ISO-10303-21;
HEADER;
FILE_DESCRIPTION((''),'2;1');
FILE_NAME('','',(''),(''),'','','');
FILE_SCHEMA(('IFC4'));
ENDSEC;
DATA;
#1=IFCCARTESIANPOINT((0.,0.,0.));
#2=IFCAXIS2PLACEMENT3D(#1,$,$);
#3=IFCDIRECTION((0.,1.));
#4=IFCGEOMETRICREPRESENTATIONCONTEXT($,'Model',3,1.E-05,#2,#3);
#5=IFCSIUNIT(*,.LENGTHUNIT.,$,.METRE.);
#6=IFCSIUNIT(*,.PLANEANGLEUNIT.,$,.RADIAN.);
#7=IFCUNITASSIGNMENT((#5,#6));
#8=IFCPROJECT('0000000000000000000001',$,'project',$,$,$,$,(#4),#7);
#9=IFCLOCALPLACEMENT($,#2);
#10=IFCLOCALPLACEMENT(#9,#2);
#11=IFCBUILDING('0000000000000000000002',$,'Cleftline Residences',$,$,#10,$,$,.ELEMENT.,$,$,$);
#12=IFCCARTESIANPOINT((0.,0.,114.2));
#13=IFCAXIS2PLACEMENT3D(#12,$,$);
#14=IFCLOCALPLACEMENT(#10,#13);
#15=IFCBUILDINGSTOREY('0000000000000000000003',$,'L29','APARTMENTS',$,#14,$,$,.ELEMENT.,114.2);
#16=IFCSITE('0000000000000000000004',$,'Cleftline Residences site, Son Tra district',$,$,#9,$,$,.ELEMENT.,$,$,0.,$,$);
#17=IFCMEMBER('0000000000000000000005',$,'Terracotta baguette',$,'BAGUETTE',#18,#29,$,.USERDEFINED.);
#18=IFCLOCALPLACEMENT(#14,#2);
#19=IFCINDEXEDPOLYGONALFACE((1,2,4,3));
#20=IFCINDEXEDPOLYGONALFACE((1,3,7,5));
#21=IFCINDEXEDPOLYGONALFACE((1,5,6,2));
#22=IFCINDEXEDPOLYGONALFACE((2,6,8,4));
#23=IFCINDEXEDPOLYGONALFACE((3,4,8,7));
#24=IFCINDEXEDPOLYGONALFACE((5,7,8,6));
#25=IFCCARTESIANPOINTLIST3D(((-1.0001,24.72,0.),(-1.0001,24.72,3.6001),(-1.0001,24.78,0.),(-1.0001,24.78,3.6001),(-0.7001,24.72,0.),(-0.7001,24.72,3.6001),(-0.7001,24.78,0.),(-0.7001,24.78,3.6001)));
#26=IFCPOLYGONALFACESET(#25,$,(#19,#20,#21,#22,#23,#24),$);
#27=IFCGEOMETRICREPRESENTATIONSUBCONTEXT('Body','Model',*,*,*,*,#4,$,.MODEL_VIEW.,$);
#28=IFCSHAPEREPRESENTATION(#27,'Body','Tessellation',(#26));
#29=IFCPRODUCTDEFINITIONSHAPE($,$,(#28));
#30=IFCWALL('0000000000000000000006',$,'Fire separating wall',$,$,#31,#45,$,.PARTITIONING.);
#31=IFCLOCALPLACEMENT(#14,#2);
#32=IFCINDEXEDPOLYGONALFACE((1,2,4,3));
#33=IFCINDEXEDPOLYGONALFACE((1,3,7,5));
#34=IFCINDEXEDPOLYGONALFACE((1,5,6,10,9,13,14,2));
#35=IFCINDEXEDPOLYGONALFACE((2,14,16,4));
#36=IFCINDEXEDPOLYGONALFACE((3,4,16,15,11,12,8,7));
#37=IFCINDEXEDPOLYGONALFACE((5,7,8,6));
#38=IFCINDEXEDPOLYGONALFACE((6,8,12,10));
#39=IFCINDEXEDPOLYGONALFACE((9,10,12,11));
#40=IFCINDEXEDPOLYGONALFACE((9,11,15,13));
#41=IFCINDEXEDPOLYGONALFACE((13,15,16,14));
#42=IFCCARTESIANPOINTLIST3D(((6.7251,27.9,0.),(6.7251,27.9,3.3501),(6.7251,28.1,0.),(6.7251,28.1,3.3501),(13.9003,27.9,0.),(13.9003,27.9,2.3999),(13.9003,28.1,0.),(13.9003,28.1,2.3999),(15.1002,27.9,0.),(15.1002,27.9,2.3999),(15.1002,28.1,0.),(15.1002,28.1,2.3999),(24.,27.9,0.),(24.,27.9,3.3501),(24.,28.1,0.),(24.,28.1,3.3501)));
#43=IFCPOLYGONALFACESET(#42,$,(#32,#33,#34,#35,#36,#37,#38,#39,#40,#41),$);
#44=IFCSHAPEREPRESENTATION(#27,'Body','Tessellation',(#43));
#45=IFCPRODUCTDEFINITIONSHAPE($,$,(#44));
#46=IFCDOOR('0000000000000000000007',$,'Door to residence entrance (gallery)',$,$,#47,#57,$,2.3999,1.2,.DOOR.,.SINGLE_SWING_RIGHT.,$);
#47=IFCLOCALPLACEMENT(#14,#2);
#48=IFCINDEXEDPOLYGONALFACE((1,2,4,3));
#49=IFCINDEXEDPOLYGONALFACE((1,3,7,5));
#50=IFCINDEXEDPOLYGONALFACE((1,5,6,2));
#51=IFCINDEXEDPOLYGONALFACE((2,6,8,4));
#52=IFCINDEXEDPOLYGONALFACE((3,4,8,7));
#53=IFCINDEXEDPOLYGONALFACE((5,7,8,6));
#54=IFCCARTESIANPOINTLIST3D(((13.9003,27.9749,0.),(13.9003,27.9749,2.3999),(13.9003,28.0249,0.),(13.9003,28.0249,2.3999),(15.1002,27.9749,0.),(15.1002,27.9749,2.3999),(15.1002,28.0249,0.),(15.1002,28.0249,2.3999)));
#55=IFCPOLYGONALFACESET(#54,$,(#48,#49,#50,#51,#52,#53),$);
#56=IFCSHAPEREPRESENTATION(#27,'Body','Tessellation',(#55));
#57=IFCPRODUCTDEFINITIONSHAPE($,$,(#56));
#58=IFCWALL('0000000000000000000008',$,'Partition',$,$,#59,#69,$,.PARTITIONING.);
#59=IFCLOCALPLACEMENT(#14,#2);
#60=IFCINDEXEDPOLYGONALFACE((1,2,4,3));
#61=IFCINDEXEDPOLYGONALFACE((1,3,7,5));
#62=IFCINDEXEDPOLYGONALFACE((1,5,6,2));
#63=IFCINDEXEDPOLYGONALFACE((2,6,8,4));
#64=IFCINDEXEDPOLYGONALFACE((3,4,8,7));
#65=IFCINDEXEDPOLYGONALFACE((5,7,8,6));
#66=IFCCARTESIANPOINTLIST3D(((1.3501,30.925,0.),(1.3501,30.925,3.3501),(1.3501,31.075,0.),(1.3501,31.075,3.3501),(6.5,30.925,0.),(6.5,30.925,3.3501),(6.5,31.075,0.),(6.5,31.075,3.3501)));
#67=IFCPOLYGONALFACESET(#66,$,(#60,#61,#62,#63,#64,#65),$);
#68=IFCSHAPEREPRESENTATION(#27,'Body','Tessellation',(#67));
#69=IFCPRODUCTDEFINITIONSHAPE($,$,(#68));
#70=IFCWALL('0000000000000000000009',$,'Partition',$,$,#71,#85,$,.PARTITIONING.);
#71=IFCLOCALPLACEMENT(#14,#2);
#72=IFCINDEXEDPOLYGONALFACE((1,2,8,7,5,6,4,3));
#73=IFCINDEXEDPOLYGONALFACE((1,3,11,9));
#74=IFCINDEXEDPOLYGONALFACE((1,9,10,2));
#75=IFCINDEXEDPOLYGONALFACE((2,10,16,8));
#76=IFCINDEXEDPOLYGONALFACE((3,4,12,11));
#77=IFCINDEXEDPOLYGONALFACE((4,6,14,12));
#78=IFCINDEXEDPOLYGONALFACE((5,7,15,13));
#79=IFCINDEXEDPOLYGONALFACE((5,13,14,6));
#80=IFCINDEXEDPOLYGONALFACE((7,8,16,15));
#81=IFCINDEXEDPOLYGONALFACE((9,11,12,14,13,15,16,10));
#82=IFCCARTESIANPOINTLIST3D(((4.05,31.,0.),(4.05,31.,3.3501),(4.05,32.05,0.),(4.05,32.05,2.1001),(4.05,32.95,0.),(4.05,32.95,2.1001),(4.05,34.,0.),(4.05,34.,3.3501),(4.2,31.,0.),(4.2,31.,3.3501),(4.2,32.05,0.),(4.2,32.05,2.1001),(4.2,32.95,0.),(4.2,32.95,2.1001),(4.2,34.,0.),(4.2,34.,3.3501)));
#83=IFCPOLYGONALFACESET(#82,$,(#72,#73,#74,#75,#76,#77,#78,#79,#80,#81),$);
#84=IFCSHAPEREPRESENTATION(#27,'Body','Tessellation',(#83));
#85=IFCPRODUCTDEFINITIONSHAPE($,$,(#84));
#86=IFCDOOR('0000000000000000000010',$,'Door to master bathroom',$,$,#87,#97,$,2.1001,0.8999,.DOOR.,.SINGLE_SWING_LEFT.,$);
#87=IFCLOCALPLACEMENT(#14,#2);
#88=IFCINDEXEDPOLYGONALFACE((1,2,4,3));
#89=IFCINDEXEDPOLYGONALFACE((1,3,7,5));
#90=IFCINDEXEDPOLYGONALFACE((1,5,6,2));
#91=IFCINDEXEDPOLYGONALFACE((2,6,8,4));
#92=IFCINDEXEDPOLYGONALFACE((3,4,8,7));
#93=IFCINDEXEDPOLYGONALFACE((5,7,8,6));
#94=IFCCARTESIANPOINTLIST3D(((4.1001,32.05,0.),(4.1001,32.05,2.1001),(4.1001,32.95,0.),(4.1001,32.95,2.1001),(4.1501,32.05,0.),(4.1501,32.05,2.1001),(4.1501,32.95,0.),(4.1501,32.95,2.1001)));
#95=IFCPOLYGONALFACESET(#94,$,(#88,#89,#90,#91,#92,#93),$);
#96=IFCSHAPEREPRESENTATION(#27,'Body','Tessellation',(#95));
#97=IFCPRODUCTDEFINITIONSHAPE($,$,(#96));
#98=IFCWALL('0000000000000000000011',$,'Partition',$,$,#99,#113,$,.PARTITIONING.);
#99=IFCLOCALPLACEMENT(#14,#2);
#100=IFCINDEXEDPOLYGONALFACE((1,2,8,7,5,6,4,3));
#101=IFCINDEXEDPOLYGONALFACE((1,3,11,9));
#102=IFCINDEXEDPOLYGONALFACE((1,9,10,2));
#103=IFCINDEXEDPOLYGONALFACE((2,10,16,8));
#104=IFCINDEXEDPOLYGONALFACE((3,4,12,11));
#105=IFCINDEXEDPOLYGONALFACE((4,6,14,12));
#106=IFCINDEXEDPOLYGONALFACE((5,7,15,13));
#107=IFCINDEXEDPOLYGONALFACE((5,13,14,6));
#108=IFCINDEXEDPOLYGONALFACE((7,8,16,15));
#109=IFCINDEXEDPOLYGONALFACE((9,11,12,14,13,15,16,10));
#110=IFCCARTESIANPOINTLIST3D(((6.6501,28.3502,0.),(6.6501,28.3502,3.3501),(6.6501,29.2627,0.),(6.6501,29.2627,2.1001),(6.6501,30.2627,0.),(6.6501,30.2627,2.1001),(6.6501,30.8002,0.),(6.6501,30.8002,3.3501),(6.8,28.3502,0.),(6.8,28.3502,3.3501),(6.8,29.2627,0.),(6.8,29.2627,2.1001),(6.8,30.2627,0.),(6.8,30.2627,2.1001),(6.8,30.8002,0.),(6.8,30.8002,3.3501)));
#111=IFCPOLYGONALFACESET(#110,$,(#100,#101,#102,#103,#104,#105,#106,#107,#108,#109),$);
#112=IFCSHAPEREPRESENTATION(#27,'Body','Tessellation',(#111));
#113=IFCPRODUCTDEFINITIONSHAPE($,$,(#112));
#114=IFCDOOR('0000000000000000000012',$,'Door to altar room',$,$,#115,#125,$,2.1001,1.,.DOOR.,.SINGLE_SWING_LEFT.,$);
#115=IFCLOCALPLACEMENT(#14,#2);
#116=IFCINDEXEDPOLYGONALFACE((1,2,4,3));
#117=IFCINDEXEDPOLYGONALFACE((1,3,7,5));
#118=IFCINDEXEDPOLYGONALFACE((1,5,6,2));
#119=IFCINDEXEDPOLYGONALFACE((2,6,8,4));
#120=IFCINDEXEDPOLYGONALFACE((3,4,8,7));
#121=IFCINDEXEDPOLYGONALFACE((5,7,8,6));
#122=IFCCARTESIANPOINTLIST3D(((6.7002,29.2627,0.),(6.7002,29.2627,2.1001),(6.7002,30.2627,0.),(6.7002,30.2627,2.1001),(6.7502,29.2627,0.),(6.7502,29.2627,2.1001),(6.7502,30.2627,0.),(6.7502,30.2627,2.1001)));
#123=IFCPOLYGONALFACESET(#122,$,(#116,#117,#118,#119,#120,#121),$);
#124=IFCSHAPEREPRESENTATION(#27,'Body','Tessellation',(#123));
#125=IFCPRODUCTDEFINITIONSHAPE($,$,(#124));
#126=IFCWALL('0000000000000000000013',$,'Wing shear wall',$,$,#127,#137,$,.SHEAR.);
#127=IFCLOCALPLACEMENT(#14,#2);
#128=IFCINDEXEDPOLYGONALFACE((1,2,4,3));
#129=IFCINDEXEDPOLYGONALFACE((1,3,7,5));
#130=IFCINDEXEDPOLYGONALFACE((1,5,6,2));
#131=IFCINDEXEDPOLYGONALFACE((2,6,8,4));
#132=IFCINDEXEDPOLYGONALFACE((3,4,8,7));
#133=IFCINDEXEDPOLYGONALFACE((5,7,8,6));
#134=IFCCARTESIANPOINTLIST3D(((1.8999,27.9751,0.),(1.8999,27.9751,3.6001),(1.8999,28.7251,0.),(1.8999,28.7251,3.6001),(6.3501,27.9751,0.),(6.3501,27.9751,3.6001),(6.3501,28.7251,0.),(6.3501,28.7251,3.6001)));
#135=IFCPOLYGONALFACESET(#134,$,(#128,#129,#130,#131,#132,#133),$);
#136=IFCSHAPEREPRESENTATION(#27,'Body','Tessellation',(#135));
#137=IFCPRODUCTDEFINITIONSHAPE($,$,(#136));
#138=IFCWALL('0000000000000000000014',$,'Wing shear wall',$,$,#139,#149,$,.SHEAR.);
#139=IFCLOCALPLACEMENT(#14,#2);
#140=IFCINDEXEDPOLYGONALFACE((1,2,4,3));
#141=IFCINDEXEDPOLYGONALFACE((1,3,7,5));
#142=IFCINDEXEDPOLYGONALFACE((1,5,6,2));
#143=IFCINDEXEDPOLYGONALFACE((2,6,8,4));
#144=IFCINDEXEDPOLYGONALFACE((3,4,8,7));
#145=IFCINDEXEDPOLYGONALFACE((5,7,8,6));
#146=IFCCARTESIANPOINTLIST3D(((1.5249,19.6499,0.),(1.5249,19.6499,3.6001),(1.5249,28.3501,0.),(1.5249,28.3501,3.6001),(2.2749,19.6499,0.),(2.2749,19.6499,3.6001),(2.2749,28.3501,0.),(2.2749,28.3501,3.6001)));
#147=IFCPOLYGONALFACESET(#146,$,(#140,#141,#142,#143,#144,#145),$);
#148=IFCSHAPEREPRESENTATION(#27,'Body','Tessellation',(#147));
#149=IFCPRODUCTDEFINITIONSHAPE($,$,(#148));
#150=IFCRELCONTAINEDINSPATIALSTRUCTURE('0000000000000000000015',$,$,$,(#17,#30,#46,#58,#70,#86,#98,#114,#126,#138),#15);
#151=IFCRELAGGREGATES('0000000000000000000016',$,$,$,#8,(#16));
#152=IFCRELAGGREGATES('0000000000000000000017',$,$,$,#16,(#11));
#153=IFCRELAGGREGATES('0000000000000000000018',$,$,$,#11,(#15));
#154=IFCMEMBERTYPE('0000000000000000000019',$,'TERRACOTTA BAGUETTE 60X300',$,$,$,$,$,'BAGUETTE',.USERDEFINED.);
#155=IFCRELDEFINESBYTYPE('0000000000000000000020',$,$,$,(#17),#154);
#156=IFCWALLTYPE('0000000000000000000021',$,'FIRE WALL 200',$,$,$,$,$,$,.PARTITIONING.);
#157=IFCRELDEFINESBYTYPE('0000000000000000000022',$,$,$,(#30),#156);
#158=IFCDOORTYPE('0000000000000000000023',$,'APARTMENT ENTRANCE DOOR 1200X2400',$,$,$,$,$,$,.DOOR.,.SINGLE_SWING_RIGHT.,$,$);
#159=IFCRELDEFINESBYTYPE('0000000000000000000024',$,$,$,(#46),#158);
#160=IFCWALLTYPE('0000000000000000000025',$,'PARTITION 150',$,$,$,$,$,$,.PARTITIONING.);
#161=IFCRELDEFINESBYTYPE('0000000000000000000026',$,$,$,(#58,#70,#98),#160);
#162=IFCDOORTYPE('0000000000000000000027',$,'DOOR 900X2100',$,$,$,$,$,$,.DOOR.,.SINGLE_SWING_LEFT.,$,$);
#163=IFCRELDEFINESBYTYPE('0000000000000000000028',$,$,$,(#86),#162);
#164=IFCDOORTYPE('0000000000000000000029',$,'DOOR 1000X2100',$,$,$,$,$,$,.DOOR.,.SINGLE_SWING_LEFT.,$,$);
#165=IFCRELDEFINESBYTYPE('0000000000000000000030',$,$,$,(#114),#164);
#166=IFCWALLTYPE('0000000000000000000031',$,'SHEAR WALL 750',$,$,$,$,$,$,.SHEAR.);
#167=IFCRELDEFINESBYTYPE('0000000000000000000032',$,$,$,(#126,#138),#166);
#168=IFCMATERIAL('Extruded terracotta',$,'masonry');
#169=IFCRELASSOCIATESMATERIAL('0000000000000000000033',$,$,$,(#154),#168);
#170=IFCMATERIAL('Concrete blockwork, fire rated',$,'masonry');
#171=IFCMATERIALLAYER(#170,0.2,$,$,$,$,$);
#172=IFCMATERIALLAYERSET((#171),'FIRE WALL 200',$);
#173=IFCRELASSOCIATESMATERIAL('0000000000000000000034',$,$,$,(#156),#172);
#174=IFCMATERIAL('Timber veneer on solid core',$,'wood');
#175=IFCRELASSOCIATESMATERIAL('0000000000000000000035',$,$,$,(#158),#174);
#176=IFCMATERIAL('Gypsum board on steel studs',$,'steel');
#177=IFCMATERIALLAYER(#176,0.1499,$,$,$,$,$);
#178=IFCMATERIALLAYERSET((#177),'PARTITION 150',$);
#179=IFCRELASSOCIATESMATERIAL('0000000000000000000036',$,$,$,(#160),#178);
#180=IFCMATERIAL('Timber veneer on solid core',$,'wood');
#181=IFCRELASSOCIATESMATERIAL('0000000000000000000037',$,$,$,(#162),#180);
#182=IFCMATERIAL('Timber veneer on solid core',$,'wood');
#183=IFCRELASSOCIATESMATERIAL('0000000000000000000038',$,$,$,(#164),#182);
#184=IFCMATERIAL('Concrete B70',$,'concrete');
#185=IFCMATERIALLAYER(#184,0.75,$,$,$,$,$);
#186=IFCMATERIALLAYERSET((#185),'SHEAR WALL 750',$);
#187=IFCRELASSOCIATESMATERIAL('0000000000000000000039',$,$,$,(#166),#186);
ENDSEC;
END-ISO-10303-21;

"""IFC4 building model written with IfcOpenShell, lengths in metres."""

from ifc_helpers import new_model, si_unit, direction, frame, frame_2d, origin, origin_2d, place, context, subcontext, project, spatial, rectangle, extrude, material, layer, layer_set, material_profile, profile_set, type_object, element, fill, save


model = new_model("IFC4")

# Units and contexts
model_context = context("Model", 3, precision=1e-05, world=origin(), true_north=direction((0.0, 1.0)))
body_context = subcontext(model_context, "Body", "Model", "MODEL_VIEW")
ifc_project = project(units=[si_unit("LENGTHUNIT", "METRE"), si_unit("PLANEANGLEUNIT", "RADIAN")], contexts=[model_context])

# Site, building, storey
site_placement = place(None, origin())
site = spatial("IfcSite", under=ifc_project, at=site_placement, Name="Cleftline Residences site, Son Tra district", CompositionType="ELEMENT", RefElevation=0.0)
building_placement = place(site_placement, origin())
building = spatial("IfcBuilding", under=site, at=building_placement, Name="Cleftline Residences", CompositionType="ELEMENT")
storey_placement = place(building_placement, frame((0.0, 0.0, 114.2)))
storey = spatial("IfcBuildingStorey", under=building, at=storey_placement, Name="L29", Description="APARTMENTS", CompositionType="ELEMENT", Elevation=114.2)

# Member
ifc_material_1 = material(Name="Extruded terracotta", Category="masonry")
ifc_material_profile_1 = material_profile(ifc_material_1, rectangle(XDim=0.0601, YDim=0.3, at=origin_2d()))
ifc_profile_set_1 = profile_set([ifc_material_profile_1], Name="Extruded terracotta")
member_type_1 = type_object("IfcMemberType", Name="TERRACOTTA BAGUETTE 60X300", ElementType="BAGUETTE", PredefinedType="USERDEFINED", material=ifc_profile_set_1)
for number, where, z_axis, x_axis, name in (
    (1, (-0.8501, 24.75, 0.0), (0.0, 0.0, 1.0), (0.0, 1.0, 0.0), "Terracotta baguette"),
):
    element("IfcMember", number, at=place(storey_placement, frame(where, z_axis=z_axis, x_axis=x_axis)), inside=storey, type_object=member_type_1, Name=name, ObjectType="BAGUETTE", PredefinedType="USERDEFINED", context=body_context, shape_type="SweptSolid", body=[
        extrude(rectangle(XDim=0.0601, YDim=0.3, at=origin_2d()), origin(), (0.0, 0.0, 1.0), 3.6001),
    ])

# Wall, opening, door
ifc_material_2 = material(Name="Concrete blockwork, fire rated", Category="masonry")
ifc_layer_1 = layer(ifc_material_2, 0.2)
ifc_layer_set_1 = layer_set([ifc_layer_1], Name="FIRE WALL 200")
wall_type_1 = type_object("IfcWallType", Name="FIRE WALL 200", PredefinedType="PARTITIONING", material=ifc_layer_set_1)
wall_1_placement = place(storey_placement, frame((6.7251, 28.0, 0.0), z_axis=(0.0, 0.0, 1.0), x_axis=(1.0, 0.0, 0.0)))
wall_1 = element("IfcWall", 2, at=wall_1_placement, inside=storey, type_object=wall_type_1, Name="Fire separating wall", PredefinedType="PARTITIONING", context=body_context, shape_type="SweptSolid", body=[
    extrude(rectangle(XDim=17.2749, YDim=0.2, at=frame_2d((8.6375, 0.0))), origin(), (0.0, 0.0, 1.0), 3.3501),
])
opening_1_placement = place(wall_1_placement, frame((7.175, 0.0, 0.0)))
opening_1 = element("IfcOpeningElement", 3, at=opening_1_placement, cuts=wall_1, PredefinedType="OPENING", context=body_context, shape_type="SweptSolid", body=[
    extrude(rectangle(XDim=1.2, YDim=2.3999, at=frame_2d((0.6001, 1.2))), frame((0.0, 0.1099, 0.0), z_axis=(0.0, -1.0, 0.0), x_axis=(1.0, 0.0, 0.0)), (0.0, 0.0, 1.0), 0.22),
])
ifc_material_3 = material(Name="Timber veneer on solid core", Category="wood")
door_type_1 = type_object("IfcDoorType", Name="APARTMENT ENTRANCE DOOR 1200X2400", OperationType="SINGLE_SWING_RIGHT", PredefinedType="DOOR", material=ifc_material_3)
door_1_placement = place(opening_1_placement, origin())
door_1 = element("IfcDoor", 4, at=door_1_placement, inside=storey, type_object=door_type_1, Name="Door to residence entrance (gallery)", OperationType="SINGLE_SWING_RIGHT", OverallHeight=2.3999, OverallWidth=1.2, PredefinedType="DOOR", context=body_context, shape_type="SweptSolid", body=[
    extrude(rectangle(XDim=1.2, YDim=2.3999, at=frame_2d((0.6001, 1.2))), frame((0.0, 0.0249, 0.0), z_axis=(0.0, -1.0, 0.0), x_axis=(1.0, 0.0, 0.0)), (0.0, 0.0, 1.0), 0.05),
])
fill(opening_1, door_1)

# Wall
ifc_material_4 = material(Name="Gypsum board on steel studs", Category="steel")
ifc_layer_2 = layer(ifc_material_4, 0.1499)
ifc_layer_set_2 = layer_set([ifc_layer_2], Name="PARTITION 150")
wall_type_2 = type_object("IfcWallType", Name="PARTITION 150", PredefinedType="PARTITIONING", material=ifc_layer_set_2)
wall_2_placement = place(storey_placement, frame((1.3501, 31.0, 0.0), z_axis=(0.0, 0.0, 1.0), x_axis=(1.0, 0.0, 0.0)))
element("IfcWall", 5, at=wall_2_placement, inside=storey, type_object=wall_type_2, Name="Partition", PredefinedType="PARTITIONING", context=body_context, shape_type="SweptSolid", body=[
    extrude(rectangle(XDim=5.1499, YDim=0.1499, at=frame_2d((2.575, 0.0))), origin(), (0.0, 0.0, 1.0), 3.3501),
])

# Walls, openings, doors
wall_3_placement = place(storey_placement, frame((4.125, 31.0, 0.0), z_axis=(0.0, 0.0, 1.0), x_axis=(0.0, 1.0, 0.0)))
wall_3 = element("IfcWall", 6, at=wall_3_placement, inside=storey, type_object=wall_type_2, Name="Partition", PredefinedType="PARTITIONING", context=body_context, shape_type="SweptSolid", body=[
    extrude(rectangle(XDim=3.0, YDim=0.1499, at=frame_2d((1.5, 0.0))), origin(), (0.0, 0.0, 1.0), 3.3501),
])
opening_2_placement = place(wall_3_placement, frame((1.05, 0.0, 0.0)))
opening_2 = element("IfcOpeningElement", 7, at=opening_2_placement, cuts=wall_3, PredefinedType="OPENING", context=body_context, shape_type="SweptSolid", body=[
    extrude(rectangle(XDim=0.8999, YDim=2.1001, at=frame_2d((0.45, 1.05))), frame((0.0, 0.085, 0.0), z_axis=(0.0, -1.0, 0.0), x_axis=(1.0, 0.0, 0.0)), (0.0, 0.0, 1.0), 0.1699),
])
ifc_material_5 = material(Name="Timber veneer on solid core", Category="wood")
door_type_2 = type_object("IfcDoorType", Name="DOOR 900X2100", OperationType="SINGLE_SWING_LEFT", PredefinedType="DOOR", material=ifc_material_5)
door_2_placement = place(opening_2_placement, origin())
door_2 = element("IfcDoor", 8, at=door_2_placement, inside=storey, type_object=door_type_2, Name="Door to master bathroom", OperationType="SINGLE_SWING_LEFT", OverallHeight=2.1001, OverallWidth=0.8999, PredefinedType="DOOR", context=body_context, shape_type="SweptSolid", body=[
    extrude(rectangle(XDim=0.8999, YDim=2.1001, at=frame_2d((0.45, 1.05))), frame((0.0, 0.0249, 0.0), z_axis=(0.0, -1.0, 0.0), x_axis=(1.0, 0.0, 0.0)), (0.0, 0.0, 1.0), 0.05),
])
fill(opening_2, door_2)
wall_4_placement = place(storey_placement, frame((6.7251, 28.3501, 0.0), z_axis=(0.0, 0.0, 1.0), x_axis=(0.0, 1.0, 0.0)))
wall_4 = element("IfcWall", 9, at=wall_4_placement, inside=storey, type_object=wall_type_2, Name="Partition", PredefinedType="PARTITIONING", context=body_context, shape_type="SweptSolid", body=[
    extrude(rectangle(XDim=2.45, YDim=0.1499, at=frame_2d((1.2251, 0.0))), origin(), (0.0, 0.0, 1.0), 3.3501),
])
opening_3_placement = place(wall_4_placement, frame((0.9126, 0.0, 0.0)))
opening_3 = element("IfcOpeningElement", 10, at=opening_3_placement, cuts=wall_4, PredefinedType="OPENING", context=body_context, shape_type="SweptSolid", body=[
    extrude(rectangle(XDim=1.0, YDim=2.1001, at=frame_2d((0.5, 1.05))), frame((0.0, 0.085, 0.0), z_axis=(0.0, -1.0, 0.0), x_axis=(1.0, 0.0, 0.0)), (0.0, 0.0, 1.0), 0.1699),
])
ifc_material_6 = material(Name="Timber veneer on solid core", Category="wood")
door_type_3 = type_object("IfcDoorType", Name="DOOR 1000X2100", OperationType="SINGLE_SWING_LEFT", PredefinedType="DOOR", material=ifc_material_6)
door_3_placement = place(opening_3_placement, origin())
door_3 = element("IfcDoor", 11, at=door_3_placement, inside=storey, type_object=door_type_3, Name="Door to altar room", OperationType="SINGLE_SWING_LEFT", OverallHeight=2.1001, OverallWidth=1.0, PredefinedType="DOOR", context=body_context, shape_type="SweptSolid", body=[
    extrude(rectangle(XDim=1.0, YDim=2.1001, at=frame_2d((0.5, 1.05))), frame((0.0, 0.0249, 0.0), z_axis=(0.0, -1.0, 0.0), x_axis=(1.0, 0.0, 0.0)), (0.0, 0.0, 1.0), 0.05),
])
fill(opening_3, door_3)

# Walls
ifc_material_7 = material(Name="Concrete B70", Category="concrete")
ifc_layer_3 = layer(ifc_material_7, 0.75)
ifc_layer_set_3 = layer_set([ifc_layer_3], Name="SHEAR WALL 750")
wall_type_3 = type_object("IfcWallType", Name="SHEAR WALL 750", PredefinedType="SHEAR", material=ifc_layer_set_3)
wall_5_placement = place(storey_placement, frame((6.3501, 28.3501, 0.0), z_axis=(0.0, 0.0, 1.0), x_axis=(-1.0, 0.0, 0.0)))
element("IfcWall", 12, at=wall_5_placement, inside=storey, type_object=wall_type_3, Name="Wing shear wall", PredefinedType="SHEAR", context=body_context, shape_type="SweptSolid", body=[
    extrude(rectangle(XDim=4.4502, YDim=0.75, at=frame_2d((2.2251, 0.0))), origin(), (0.0, 0.0, 1.0), 3.6001),
])
wall_6_placement = place(storey_placement, frame((1.8999, 28.3501, 0.0), z_axis=(0.0, 0.0, 1.0), x_axis=(0.0, -1.0, 0.0)))
element("IfcWall", 13, at=wall_6_placement, inside=storey, type_object=wall_type_3, Name="Wing shear wall", PredefinedType="SHEAR", context=body_context, shape_type="SweptSolid", body=[
    extrude(rectangle(XDim=8.7002, YDim=0.75, at=frame_2d((4.3501, 0.0))), origin(), (0.0, 0.0, 1.0), 3.6001),
])

save(model, "model.ifc")
